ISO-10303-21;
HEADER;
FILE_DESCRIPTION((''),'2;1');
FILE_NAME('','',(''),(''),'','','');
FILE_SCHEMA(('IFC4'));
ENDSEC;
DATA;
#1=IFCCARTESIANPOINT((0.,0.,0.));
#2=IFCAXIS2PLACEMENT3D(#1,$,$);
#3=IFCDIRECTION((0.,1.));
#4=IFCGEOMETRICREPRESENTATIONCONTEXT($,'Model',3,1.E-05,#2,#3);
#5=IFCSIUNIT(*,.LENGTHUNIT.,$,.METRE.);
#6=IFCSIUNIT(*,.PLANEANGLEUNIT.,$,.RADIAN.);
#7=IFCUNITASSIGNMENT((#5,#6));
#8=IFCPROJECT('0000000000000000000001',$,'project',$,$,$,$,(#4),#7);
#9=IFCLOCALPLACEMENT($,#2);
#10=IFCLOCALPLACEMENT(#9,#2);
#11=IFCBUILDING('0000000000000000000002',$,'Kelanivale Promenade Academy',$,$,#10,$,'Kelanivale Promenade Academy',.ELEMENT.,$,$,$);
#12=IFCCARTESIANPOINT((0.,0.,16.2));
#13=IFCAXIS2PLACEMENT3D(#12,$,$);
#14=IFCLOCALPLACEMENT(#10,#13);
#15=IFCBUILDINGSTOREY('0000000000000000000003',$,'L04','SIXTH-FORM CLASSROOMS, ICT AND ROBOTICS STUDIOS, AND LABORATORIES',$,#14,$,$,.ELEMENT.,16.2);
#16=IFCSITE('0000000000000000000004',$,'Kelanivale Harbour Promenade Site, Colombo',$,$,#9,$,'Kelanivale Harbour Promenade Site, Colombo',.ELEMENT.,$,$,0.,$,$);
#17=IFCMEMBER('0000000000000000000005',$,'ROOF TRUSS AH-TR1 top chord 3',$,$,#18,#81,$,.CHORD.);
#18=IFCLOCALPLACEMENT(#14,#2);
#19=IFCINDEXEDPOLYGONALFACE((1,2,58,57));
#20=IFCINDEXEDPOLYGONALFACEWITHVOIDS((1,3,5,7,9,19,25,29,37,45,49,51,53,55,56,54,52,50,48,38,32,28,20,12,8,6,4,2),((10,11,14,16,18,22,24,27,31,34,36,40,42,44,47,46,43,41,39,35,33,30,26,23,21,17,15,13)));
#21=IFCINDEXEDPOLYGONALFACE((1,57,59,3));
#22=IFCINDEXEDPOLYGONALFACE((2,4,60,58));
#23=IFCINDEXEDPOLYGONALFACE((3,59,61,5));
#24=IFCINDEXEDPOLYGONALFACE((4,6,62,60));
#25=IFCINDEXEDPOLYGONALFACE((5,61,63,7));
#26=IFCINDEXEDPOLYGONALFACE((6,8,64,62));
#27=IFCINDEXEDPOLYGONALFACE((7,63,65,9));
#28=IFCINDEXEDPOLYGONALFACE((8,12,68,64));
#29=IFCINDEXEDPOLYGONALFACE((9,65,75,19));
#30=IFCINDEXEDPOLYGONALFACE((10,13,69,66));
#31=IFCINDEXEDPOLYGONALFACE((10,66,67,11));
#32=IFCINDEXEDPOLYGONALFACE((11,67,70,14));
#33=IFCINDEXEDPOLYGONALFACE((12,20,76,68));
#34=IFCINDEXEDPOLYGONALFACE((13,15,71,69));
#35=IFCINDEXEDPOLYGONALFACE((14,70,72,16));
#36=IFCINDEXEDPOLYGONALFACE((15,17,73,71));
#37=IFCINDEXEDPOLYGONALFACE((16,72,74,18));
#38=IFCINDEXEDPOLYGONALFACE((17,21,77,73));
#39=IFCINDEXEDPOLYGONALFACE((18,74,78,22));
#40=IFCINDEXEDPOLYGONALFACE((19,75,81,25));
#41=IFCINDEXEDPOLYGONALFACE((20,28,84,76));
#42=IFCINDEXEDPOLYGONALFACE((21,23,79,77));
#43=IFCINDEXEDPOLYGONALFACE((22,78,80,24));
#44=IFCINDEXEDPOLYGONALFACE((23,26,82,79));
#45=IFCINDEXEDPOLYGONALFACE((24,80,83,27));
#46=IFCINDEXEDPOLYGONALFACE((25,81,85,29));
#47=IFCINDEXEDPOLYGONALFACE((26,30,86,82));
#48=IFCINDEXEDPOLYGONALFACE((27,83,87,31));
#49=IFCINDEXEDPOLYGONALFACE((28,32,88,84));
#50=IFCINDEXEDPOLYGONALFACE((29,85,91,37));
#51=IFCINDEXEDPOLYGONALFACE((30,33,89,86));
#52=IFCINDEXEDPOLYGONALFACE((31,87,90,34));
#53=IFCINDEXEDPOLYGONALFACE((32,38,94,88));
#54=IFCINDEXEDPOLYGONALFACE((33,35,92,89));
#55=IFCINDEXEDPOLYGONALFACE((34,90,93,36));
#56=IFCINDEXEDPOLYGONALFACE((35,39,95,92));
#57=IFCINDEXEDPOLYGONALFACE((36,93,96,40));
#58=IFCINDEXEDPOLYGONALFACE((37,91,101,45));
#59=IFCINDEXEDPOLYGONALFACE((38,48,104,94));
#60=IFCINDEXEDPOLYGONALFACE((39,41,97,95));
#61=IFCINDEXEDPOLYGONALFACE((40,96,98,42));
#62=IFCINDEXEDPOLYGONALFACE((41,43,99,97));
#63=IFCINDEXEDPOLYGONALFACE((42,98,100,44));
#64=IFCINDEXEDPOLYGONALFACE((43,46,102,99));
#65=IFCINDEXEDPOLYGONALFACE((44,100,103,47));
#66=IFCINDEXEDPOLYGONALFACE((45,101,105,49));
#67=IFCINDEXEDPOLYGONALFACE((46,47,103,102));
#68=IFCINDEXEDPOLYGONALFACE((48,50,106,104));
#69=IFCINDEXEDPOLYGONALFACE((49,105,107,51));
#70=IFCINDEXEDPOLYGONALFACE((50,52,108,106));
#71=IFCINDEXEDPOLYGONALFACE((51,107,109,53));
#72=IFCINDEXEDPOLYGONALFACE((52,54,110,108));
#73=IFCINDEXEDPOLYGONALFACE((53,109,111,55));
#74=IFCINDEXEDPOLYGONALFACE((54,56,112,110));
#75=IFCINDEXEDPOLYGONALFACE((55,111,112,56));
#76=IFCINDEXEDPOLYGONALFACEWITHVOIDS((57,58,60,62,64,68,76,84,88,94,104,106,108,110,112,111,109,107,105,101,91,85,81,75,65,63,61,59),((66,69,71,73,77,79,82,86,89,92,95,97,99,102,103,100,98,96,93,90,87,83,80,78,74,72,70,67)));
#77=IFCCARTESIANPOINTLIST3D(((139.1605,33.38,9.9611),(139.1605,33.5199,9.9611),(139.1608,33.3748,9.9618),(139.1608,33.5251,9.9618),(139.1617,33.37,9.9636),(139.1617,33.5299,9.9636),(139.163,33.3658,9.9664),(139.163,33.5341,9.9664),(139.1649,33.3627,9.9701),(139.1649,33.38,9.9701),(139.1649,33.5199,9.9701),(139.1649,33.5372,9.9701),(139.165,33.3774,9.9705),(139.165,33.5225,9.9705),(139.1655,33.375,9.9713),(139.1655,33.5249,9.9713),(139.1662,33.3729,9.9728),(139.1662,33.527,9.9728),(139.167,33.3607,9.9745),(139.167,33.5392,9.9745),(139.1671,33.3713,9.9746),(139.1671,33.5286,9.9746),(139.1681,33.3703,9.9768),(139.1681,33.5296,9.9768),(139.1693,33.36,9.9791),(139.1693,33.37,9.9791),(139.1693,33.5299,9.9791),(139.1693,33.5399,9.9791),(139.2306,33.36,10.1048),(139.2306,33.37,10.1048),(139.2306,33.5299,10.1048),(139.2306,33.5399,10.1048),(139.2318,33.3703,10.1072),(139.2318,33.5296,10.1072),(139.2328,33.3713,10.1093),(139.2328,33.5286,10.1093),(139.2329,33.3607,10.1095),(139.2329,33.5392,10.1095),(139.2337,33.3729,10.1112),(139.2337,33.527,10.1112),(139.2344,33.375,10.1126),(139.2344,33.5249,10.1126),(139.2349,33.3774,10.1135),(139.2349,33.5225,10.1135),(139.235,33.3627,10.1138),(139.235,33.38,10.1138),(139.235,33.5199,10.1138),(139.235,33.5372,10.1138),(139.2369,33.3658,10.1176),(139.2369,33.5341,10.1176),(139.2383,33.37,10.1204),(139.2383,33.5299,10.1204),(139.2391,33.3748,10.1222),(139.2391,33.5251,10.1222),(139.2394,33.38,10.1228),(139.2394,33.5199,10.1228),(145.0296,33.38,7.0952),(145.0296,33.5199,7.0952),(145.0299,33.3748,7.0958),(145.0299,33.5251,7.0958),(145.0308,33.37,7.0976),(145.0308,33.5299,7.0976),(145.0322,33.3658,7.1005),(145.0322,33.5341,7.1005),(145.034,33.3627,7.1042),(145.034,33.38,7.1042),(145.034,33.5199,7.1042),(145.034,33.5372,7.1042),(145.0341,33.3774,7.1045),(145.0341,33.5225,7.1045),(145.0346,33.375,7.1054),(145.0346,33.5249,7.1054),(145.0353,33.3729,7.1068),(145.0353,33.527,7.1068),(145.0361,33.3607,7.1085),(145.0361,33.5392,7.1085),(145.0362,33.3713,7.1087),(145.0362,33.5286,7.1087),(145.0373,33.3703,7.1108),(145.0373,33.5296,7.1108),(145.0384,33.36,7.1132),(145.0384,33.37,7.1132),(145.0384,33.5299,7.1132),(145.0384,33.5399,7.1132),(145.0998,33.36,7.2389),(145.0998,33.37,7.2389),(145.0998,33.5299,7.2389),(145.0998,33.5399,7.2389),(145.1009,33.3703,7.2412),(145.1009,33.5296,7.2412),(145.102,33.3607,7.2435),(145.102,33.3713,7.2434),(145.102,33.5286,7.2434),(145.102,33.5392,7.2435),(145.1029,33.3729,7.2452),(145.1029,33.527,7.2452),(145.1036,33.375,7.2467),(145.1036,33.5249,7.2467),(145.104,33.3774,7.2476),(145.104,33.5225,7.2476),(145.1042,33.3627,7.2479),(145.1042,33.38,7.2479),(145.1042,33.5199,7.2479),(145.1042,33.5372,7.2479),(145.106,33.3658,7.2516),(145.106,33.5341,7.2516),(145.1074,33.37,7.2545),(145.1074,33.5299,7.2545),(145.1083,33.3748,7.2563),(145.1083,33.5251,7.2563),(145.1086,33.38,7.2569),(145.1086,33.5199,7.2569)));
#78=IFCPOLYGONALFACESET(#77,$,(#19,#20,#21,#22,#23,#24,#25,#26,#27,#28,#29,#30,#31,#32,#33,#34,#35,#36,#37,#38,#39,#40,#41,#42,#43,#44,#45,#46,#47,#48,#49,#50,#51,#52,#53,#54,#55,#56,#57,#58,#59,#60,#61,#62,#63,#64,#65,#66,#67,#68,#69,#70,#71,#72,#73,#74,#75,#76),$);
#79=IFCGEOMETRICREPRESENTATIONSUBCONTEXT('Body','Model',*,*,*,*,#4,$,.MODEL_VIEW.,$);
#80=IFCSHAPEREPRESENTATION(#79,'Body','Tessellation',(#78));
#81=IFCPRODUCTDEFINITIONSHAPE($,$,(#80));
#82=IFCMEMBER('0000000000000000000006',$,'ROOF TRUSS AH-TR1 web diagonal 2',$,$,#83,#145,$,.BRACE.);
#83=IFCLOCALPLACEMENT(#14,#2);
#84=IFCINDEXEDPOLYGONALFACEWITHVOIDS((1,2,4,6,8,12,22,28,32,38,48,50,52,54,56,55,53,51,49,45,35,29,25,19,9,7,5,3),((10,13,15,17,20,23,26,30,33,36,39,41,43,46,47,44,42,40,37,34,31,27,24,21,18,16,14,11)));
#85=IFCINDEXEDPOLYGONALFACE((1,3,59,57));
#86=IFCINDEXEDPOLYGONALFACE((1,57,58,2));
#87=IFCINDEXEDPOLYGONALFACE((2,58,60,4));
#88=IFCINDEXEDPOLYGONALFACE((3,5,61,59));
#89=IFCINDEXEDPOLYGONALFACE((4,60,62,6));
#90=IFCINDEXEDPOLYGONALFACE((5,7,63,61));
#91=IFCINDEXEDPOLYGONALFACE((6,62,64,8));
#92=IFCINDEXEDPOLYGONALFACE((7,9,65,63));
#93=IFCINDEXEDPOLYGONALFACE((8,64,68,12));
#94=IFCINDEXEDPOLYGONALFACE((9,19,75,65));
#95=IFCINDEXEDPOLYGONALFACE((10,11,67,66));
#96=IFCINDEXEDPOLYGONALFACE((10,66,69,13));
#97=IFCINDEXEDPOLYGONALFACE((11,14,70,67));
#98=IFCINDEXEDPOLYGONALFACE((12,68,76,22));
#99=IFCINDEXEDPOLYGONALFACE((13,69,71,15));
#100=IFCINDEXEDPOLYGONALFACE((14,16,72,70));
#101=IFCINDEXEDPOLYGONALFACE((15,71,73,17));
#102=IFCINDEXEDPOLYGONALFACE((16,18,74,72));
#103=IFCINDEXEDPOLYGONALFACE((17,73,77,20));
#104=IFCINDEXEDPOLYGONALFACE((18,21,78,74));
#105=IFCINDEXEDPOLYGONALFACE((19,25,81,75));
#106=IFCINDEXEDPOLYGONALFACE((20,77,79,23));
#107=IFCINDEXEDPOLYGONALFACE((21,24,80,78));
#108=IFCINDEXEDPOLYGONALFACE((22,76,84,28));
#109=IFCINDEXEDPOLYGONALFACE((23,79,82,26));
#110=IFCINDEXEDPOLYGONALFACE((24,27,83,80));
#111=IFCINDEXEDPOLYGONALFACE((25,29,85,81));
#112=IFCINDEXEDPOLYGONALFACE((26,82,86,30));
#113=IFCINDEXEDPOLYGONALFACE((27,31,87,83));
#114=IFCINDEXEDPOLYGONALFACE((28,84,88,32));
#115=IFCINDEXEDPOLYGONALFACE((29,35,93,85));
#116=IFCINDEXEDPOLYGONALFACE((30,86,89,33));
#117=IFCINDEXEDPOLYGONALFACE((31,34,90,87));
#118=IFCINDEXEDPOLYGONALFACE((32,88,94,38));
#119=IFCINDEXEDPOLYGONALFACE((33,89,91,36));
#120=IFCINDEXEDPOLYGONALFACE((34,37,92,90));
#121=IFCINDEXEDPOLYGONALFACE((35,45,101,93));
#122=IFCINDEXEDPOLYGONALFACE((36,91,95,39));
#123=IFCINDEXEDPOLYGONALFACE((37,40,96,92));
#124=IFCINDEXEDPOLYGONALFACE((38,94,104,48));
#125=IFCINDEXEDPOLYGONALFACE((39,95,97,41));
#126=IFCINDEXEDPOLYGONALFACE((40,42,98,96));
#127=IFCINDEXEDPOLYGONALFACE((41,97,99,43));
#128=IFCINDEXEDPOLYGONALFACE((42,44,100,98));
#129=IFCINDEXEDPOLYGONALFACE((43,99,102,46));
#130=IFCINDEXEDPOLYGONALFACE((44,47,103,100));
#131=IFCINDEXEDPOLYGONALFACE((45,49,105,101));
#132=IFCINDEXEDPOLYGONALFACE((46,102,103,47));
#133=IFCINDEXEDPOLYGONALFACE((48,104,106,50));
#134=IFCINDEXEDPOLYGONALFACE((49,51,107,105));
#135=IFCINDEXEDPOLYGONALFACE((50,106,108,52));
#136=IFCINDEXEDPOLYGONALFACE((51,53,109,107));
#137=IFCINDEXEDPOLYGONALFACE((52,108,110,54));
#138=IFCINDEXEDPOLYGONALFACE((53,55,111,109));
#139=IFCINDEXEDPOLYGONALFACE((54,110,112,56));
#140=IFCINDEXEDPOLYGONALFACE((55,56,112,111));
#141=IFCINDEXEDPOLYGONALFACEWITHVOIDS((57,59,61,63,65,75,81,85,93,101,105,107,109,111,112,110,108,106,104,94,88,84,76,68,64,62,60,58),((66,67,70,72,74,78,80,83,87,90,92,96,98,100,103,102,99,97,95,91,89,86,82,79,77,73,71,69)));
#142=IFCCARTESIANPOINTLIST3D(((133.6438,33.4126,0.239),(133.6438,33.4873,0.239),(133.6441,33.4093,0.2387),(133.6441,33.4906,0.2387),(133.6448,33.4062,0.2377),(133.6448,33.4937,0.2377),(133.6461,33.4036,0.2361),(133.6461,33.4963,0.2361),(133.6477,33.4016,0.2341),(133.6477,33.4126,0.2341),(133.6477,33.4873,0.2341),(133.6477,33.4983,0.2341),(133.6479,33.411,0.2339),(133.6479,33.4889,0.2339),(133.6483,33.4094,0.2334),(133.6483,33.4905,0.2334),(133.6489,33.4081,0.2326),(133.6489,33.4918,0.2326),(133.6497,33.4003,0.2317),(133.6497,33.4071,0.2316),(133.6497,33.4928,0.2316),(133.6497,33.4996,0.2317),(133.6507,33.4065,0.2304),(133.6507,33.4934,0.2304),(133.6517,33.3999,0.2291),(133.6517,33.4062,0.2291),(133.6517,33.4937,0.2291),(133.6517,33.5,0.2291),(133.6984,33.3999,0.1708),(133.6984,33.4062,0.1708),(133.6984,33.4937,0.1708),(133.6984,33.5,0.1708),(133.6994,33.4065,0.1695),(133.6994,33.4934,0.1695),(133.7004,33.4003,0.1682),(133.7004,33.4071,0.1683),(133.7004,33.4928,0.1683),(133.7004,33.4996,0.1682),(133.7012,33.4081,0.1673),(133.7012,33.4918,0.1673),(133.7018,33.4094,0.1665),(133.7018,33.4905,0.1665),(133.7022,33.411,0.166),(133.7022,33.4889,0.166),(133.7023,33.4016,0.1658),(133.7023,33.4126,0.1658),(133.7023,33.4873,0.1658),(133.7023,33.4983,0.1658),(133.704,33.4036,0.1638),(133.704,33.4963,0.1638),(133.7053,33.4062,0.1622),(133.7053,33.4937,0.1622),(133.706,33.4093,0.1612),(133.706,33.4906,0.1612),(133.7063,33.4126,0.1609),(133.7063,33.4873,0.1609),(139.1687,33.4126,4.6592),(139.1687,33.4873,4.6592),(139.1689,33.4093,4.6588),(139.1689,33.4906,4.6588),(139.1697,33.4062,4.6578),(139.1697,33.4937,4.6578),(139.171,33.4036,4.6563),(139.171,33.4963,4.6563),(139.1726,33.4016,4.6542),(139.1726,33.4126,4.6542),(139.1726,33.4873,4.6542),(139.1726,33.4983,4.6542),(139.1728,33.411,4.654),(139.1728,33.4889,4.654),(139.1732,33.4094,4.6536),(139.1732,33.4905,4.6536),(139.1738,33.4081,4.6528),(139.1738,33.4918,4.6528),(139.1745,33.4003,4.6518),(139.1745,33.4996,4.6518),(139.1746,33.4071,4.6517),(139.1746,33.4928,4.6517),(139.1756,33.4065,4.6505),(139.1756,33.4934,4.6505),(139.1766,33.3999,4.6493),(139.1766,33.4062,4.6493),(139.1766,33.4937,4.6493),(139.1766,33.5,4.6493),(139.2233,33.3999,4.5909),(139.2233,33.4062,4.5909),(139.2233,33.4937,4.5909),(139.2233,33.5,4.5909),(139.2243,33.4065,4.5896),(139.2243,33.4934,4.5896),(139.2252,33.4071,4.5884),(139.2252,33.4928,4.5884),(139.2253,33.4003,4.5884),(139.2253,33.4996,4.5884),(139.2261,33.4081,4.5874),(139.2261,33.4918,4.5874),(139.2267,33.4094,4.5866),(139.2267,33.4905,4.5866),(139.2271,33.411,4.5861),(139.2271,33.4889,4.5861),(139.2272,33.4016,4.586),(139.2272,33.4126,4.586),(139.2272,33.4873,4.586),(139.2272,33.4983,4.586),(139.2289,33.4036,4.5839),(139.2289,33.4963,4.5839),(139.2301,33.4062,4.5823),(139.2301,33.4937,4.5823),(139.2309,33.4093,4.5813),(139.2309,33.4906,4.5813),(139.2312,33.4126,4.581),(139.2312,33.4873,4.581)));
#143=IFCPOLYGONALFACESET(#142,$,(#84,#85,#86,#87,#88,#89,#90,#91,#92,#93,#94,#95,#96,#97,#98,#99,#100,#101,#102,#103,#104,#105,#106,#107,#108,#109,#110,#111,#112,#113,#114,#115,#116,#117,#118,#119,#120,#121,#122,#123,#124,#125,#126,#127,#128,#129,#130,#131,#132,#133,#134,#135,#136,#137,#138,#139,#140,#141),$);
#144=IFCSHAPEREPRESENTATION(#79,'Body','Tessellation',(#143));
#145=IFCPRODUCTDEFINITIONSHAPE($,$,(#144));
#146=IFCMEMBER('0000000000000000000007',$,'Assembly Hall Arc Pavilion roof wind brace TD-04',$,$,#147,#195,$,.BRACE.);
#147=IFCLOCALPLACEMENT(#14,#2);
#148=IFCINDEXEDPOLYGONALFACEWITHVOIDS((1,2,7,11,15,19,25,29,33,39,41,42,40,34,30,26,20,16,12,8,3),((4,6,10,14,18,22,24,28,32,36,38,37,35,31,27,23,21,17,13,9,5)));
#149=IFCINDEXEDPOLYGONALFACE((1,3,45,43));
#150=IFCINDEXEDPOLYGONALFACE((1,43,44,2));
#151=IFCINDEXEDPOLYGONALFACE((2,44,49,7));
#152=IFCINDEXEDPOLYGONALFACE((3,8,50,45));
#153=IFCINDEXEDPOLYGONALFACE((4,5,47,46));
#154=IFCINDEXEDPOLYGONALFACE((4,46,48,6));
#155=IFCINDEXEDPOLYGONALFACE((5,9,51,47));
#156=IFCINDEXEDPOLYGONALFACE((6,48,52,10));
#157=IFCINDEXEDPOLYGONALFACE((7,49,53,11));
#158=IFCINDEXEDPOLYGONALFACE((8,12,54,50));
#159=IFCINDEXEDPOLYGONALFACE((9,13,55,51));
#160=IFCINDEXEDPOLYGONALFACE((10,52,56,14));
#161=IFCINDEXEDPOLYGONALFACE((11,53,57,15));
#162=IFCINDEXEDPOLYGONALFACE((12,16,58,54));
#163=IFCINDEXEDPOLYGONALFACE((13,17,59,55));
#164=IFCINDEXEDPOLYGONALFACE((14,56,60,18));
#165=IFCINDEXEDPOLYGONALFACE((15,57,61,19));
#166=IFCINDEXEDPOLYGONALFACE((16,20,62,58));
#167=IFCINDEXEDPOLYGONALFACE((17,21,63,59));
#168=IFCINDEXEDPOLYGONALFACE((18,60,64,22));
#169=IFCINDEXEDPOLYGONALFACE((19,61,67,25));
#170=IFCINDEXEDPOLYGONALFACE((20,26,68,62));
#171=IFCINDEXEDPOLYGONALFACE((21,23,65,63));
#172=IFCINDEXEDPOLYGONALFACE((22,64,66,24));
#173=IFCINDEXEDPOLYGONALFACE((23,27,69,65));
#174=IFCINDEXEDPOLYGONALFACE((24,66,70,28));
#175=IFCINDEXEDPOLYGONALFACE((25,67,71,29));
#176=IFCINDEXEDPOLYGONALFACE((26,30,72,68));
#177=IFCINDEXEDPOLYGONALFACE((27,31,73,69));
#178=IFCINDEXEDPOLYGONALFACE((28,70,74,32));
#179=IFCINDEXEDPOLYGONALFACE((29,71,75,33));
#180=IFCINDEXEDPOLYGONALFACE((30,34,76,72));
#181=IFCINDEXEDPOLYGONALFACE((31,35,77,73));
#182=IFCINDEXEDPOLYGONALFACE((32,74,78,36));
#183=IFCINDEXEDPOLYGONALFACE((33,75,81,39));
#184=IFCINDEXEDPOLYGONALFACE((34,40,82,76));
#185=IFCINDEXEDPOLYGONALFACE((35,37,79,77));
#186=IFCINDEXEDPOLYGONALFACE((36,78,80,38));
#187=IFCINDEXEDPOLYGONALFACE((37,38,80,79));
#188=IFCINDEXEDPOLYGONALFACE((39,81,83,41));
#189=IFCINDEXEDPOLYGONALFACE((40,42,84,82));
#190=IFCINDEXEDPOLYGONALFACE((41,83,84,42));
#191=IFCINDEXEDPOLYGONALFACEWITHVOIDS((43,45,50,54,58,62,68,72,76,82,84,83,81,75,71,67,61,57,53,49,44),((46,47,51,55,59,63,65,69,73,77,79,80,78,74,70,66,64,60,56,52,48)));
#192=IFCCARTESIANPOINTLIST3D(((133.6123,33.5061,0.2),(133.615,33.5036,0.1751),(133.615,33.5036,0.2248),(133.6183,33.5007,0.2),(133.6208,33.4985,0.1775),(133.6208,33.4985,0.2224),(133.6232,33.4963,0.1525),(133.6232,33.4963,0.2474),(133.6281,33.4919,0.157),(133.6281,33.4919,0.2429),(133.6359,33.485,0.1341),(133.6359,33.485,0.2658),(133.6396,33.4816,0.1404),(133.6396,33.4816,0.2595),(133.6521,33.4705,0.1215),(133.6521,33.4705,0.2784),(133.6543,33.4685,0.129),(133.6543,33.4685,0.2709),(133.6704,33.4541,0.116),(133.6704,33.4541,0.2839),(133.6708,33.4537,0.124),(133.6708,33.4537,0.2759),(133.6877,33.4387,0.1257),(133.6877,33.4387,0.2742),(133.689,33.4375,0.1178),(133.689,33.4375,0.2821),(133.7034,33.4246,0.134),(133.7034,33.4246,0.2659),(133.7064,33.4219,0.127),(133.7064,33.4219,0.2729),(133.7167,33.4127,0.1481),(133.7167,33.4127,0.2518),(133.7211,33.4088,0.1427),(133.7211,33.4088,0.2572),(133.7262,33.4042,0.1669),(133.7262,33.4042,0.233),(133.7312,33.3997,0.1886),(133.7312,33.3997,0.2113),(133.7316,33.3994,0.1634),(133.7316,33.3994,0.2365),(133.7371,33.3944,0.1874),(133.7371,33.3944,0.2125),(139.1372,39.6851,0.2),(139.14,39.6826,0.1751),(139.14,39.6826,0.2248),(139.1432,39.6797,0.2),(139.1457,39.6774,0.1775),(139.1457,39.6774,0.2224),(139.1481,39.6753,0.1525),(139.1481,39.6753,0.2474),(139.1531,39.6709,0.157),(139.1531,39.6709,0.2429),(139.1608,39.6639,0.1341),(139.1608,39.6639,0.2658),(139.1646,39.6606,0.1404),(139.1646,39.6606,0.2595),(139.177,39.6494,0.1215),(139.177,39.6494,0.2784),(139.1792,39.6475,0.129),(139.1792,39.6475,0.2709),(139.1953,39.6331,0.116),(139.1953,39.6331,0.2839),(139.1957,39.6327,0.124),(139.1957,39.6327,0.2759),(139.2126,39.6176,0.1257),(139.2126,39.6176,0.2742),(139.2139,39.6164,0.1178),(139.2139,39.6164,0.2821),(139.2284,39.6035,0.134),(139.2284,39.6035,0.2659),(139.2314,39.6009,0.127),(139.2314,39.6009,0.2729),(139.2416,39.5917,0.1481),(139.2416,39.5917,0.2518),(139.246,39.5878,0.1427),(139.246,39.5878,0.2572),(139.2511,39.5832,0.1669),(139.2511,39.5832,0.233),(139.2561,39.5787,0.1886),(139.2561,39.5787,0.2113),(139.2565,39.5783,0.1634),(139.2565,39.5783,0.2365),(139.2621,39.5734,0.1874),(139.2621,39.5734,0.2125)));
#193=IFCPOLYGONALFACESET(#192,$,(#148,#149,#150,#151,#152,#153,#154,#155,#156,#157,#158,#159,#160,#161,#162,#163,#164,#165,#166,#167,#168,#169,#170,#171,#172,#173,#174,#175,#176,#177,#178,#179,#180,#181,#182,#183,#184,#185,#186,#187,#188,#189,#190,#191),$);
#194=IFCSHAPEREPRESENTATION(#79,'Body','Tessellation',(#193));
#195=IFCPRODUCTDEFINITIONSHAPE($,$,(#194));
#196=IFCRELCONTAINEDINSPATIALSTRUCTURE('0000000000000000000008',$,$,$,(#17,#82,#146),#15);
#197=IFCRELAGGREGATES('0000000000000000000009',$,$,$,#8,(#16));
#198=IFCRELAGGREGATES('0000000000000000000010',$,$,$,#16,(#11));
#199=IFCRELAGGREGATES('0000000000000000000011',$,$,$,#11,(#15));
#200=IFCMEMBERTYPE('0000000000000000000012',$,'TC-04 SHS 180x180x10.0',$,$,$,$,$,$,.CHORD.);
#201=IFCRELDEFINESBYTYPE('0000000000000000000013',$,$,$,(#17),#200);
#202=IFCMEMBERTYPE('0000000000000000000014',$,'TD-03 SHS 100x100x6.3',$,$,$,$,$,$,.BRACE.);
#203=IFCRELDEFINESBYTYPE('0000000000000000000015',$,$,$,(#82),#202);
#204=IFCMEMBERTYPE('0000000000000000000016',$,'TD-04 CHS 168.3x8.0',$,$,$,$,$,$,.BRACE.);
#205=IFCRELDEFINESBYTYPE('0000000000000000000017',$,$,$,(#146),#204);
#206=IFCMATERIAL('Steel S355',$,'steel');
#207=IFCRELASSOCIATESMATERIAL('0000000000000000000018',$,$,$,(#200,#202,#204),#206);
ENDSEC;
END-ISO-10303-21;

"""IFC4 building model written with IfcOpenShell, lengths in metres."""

from ifc_helpers import new_model, si_unit, direction, frame, origin, origin_2d, place, context, subcontext, project, spatial, hollow_rectangle, hollow_circle, extrude, material, material_profile, profile_set, type_object, element, save


model = new_model("IFC4")

# Units and contexts
model_context = context("Model", 3, precision=1e-05, world=origin(), true_north=direction((0.0, 1.0)))
body_context = subcontext(model_context, "Body", "Model", "MODEL_VIEW")
ifc_project = project(units=[si_unit("LENGTHUNIT", "METRE"), si_unit("PLANEANGLEUNIT", "RADIAN")], contexts=[model_context])

# Site, building, storey
site_placement = place(None, origin())
site = spatial("IfcSite", under=ifc_project, at=site_placement, Name="Kelanivale Harbour Promenade Site, Colombo", LongName="Kelanivale Harbour Promenade Site, Colombo", CompositionType="ELEMENT", RefElevation=0.0)
building_placement = place(site_placement, origin())
building = spatial("IfcBuilding", under=site, at=building_placement, Name="Kelanivale Promenade Academy", LongName="Kelanivale Promenade Academy", CompositionType="ELEMENT")
storey_placement = place(building_placement, frame((0.0, 0.0, 16.2)))
storey = spatial("IfcBuildingStorey", under=building, at=storey_placement, Name="L04", Description="SIXTH-FORM CLASSROOMS, ICT AND ROBOTICS STUDIOS, AND LABORATORIES", CompositionType="ELEMENT", Elevation=16.2)

# Members
ifc_material_1 = material(Name="Steel S355", Category="steel")
ifc_material_profile_1 = material_profile(ifc_material_1, hollow_rectangle(XDim=0.1799, YDim=0.1799, WallThickness=0.01, InnerFilletRadius=0.01, OuterFilletRadius=0.02, at=origin_2d()), Name="SHS 180x180x10.0")
ifc_profile_set_1 = profile_set([ifc_material_profile_1], Name="Steel S355")
member_type_1 = type_object("IfcMemberType", Name="TC-04 SHS 180x180x10.0", PredefinedType="CHORD", material=ifc_profile_set_1)
member_1_placement = place(storey_placement, frame((139.2, 33.45, 10.042), z_axis=(0.898589, 0.0, -0.438791), x_axis=(0.0, 1.0, 0.0)))
element("IfcMember", 1, at=member_1_placement, inside=storey, type_object=member_type_1, Name="ROOF TRUSS AH-TR1 top chord 3", PredefinedType="CHORD", context=body_context, shape_type="SweptSolid", body=[
    extrude(hollow_rectangle(XDim=0.1799, YDim=0.1799, WallThickness=0.01, InnerFilletRadius=0.01, OuterFilletRadius=0.02, at=origin_2d()), origin(), (0.0, 0.0, 1.0), 6.5315),
])
ifc_material_profile_2 = material_profile(ifc_material_1, hollow_rectangle(XDim=0.1001, YDim=0.1001, WallThickness=0.0063, InnerFilletRadius=0.0063, OuterFilletRadius=0.0127, at=origin_2d()), Name="SHS 100x100x6.3")
ifc_profile_set_2 = profile_set([ifc_material_profile_2], Name="Steel S355")
member_type_2 = type_object("IfcMemberType", Name="TD-03 SHS 100x100x6.3", PredefinedType="BRACE", material=ifc_profile_set_2)
member_2_placement = place(storey_placement, frame((133.675, 33.45, 0.2), z_axis=(0.780852, 0.0, 0.624716), x_axis=(0.0, 1.0, 0.0)))
element("IfcMember", 2, at=member_2_placement, inside=storey, type_object=member_type_2, Name="ROOF TRUSS AH-TR1 web diagonal 2", PredefinedType="BRACE", context=body_context, shape_type="SweptSolid", body=[
    extrude(hollow_rectangle(XDim=0.1001, YDim=0.1001, WallThickness=0.0063, InnerFilletRadius=0.0063, OuterFilletRadius=0.0127, at=origin_2d()), origin(), (0.0, 0.0, 1.0), 7.0754),
])
ifc_material_profile_3 = material_profile(ifc_material_1, hollow_circle(Radius=0.0842, WallThickness=0.0081, at=origin_2d()), Name="CHS 168.3x8.0")
ifc_profile_set_3 = profile_set([ifc_material_profile_3], Name="Steel S355")
member_type_3 = type_object("IfcMemberType", Name="TD-04 CHS 168.3x8.0", PredefinedType="BRACE", material=ifc_profile_set_3)
member_3_placement = place(storey_placement, frame((133.675, 33.45, 0.2), z_axis=(0.666551, 0.745459, 0.0), x_axis=(-0.745459, 0.666551, 0.0)))
element("IfcMember", 3, at=member_3_placement, inside=storey, type_object=member_type_3, Name="Assembly Hall Arc Pavilion roof wind brace TD-04", PredefinedType="BRACE", context=body_context, shape_type="SweptSolid", body=[
    extrude(hollow_circle(Radius=0.0842, WallThickness=0.0081, at=origin_2d()), origin(), (0.0, 0.0, 1.0), 8.2888),
])

save(model, "model.ifc")
